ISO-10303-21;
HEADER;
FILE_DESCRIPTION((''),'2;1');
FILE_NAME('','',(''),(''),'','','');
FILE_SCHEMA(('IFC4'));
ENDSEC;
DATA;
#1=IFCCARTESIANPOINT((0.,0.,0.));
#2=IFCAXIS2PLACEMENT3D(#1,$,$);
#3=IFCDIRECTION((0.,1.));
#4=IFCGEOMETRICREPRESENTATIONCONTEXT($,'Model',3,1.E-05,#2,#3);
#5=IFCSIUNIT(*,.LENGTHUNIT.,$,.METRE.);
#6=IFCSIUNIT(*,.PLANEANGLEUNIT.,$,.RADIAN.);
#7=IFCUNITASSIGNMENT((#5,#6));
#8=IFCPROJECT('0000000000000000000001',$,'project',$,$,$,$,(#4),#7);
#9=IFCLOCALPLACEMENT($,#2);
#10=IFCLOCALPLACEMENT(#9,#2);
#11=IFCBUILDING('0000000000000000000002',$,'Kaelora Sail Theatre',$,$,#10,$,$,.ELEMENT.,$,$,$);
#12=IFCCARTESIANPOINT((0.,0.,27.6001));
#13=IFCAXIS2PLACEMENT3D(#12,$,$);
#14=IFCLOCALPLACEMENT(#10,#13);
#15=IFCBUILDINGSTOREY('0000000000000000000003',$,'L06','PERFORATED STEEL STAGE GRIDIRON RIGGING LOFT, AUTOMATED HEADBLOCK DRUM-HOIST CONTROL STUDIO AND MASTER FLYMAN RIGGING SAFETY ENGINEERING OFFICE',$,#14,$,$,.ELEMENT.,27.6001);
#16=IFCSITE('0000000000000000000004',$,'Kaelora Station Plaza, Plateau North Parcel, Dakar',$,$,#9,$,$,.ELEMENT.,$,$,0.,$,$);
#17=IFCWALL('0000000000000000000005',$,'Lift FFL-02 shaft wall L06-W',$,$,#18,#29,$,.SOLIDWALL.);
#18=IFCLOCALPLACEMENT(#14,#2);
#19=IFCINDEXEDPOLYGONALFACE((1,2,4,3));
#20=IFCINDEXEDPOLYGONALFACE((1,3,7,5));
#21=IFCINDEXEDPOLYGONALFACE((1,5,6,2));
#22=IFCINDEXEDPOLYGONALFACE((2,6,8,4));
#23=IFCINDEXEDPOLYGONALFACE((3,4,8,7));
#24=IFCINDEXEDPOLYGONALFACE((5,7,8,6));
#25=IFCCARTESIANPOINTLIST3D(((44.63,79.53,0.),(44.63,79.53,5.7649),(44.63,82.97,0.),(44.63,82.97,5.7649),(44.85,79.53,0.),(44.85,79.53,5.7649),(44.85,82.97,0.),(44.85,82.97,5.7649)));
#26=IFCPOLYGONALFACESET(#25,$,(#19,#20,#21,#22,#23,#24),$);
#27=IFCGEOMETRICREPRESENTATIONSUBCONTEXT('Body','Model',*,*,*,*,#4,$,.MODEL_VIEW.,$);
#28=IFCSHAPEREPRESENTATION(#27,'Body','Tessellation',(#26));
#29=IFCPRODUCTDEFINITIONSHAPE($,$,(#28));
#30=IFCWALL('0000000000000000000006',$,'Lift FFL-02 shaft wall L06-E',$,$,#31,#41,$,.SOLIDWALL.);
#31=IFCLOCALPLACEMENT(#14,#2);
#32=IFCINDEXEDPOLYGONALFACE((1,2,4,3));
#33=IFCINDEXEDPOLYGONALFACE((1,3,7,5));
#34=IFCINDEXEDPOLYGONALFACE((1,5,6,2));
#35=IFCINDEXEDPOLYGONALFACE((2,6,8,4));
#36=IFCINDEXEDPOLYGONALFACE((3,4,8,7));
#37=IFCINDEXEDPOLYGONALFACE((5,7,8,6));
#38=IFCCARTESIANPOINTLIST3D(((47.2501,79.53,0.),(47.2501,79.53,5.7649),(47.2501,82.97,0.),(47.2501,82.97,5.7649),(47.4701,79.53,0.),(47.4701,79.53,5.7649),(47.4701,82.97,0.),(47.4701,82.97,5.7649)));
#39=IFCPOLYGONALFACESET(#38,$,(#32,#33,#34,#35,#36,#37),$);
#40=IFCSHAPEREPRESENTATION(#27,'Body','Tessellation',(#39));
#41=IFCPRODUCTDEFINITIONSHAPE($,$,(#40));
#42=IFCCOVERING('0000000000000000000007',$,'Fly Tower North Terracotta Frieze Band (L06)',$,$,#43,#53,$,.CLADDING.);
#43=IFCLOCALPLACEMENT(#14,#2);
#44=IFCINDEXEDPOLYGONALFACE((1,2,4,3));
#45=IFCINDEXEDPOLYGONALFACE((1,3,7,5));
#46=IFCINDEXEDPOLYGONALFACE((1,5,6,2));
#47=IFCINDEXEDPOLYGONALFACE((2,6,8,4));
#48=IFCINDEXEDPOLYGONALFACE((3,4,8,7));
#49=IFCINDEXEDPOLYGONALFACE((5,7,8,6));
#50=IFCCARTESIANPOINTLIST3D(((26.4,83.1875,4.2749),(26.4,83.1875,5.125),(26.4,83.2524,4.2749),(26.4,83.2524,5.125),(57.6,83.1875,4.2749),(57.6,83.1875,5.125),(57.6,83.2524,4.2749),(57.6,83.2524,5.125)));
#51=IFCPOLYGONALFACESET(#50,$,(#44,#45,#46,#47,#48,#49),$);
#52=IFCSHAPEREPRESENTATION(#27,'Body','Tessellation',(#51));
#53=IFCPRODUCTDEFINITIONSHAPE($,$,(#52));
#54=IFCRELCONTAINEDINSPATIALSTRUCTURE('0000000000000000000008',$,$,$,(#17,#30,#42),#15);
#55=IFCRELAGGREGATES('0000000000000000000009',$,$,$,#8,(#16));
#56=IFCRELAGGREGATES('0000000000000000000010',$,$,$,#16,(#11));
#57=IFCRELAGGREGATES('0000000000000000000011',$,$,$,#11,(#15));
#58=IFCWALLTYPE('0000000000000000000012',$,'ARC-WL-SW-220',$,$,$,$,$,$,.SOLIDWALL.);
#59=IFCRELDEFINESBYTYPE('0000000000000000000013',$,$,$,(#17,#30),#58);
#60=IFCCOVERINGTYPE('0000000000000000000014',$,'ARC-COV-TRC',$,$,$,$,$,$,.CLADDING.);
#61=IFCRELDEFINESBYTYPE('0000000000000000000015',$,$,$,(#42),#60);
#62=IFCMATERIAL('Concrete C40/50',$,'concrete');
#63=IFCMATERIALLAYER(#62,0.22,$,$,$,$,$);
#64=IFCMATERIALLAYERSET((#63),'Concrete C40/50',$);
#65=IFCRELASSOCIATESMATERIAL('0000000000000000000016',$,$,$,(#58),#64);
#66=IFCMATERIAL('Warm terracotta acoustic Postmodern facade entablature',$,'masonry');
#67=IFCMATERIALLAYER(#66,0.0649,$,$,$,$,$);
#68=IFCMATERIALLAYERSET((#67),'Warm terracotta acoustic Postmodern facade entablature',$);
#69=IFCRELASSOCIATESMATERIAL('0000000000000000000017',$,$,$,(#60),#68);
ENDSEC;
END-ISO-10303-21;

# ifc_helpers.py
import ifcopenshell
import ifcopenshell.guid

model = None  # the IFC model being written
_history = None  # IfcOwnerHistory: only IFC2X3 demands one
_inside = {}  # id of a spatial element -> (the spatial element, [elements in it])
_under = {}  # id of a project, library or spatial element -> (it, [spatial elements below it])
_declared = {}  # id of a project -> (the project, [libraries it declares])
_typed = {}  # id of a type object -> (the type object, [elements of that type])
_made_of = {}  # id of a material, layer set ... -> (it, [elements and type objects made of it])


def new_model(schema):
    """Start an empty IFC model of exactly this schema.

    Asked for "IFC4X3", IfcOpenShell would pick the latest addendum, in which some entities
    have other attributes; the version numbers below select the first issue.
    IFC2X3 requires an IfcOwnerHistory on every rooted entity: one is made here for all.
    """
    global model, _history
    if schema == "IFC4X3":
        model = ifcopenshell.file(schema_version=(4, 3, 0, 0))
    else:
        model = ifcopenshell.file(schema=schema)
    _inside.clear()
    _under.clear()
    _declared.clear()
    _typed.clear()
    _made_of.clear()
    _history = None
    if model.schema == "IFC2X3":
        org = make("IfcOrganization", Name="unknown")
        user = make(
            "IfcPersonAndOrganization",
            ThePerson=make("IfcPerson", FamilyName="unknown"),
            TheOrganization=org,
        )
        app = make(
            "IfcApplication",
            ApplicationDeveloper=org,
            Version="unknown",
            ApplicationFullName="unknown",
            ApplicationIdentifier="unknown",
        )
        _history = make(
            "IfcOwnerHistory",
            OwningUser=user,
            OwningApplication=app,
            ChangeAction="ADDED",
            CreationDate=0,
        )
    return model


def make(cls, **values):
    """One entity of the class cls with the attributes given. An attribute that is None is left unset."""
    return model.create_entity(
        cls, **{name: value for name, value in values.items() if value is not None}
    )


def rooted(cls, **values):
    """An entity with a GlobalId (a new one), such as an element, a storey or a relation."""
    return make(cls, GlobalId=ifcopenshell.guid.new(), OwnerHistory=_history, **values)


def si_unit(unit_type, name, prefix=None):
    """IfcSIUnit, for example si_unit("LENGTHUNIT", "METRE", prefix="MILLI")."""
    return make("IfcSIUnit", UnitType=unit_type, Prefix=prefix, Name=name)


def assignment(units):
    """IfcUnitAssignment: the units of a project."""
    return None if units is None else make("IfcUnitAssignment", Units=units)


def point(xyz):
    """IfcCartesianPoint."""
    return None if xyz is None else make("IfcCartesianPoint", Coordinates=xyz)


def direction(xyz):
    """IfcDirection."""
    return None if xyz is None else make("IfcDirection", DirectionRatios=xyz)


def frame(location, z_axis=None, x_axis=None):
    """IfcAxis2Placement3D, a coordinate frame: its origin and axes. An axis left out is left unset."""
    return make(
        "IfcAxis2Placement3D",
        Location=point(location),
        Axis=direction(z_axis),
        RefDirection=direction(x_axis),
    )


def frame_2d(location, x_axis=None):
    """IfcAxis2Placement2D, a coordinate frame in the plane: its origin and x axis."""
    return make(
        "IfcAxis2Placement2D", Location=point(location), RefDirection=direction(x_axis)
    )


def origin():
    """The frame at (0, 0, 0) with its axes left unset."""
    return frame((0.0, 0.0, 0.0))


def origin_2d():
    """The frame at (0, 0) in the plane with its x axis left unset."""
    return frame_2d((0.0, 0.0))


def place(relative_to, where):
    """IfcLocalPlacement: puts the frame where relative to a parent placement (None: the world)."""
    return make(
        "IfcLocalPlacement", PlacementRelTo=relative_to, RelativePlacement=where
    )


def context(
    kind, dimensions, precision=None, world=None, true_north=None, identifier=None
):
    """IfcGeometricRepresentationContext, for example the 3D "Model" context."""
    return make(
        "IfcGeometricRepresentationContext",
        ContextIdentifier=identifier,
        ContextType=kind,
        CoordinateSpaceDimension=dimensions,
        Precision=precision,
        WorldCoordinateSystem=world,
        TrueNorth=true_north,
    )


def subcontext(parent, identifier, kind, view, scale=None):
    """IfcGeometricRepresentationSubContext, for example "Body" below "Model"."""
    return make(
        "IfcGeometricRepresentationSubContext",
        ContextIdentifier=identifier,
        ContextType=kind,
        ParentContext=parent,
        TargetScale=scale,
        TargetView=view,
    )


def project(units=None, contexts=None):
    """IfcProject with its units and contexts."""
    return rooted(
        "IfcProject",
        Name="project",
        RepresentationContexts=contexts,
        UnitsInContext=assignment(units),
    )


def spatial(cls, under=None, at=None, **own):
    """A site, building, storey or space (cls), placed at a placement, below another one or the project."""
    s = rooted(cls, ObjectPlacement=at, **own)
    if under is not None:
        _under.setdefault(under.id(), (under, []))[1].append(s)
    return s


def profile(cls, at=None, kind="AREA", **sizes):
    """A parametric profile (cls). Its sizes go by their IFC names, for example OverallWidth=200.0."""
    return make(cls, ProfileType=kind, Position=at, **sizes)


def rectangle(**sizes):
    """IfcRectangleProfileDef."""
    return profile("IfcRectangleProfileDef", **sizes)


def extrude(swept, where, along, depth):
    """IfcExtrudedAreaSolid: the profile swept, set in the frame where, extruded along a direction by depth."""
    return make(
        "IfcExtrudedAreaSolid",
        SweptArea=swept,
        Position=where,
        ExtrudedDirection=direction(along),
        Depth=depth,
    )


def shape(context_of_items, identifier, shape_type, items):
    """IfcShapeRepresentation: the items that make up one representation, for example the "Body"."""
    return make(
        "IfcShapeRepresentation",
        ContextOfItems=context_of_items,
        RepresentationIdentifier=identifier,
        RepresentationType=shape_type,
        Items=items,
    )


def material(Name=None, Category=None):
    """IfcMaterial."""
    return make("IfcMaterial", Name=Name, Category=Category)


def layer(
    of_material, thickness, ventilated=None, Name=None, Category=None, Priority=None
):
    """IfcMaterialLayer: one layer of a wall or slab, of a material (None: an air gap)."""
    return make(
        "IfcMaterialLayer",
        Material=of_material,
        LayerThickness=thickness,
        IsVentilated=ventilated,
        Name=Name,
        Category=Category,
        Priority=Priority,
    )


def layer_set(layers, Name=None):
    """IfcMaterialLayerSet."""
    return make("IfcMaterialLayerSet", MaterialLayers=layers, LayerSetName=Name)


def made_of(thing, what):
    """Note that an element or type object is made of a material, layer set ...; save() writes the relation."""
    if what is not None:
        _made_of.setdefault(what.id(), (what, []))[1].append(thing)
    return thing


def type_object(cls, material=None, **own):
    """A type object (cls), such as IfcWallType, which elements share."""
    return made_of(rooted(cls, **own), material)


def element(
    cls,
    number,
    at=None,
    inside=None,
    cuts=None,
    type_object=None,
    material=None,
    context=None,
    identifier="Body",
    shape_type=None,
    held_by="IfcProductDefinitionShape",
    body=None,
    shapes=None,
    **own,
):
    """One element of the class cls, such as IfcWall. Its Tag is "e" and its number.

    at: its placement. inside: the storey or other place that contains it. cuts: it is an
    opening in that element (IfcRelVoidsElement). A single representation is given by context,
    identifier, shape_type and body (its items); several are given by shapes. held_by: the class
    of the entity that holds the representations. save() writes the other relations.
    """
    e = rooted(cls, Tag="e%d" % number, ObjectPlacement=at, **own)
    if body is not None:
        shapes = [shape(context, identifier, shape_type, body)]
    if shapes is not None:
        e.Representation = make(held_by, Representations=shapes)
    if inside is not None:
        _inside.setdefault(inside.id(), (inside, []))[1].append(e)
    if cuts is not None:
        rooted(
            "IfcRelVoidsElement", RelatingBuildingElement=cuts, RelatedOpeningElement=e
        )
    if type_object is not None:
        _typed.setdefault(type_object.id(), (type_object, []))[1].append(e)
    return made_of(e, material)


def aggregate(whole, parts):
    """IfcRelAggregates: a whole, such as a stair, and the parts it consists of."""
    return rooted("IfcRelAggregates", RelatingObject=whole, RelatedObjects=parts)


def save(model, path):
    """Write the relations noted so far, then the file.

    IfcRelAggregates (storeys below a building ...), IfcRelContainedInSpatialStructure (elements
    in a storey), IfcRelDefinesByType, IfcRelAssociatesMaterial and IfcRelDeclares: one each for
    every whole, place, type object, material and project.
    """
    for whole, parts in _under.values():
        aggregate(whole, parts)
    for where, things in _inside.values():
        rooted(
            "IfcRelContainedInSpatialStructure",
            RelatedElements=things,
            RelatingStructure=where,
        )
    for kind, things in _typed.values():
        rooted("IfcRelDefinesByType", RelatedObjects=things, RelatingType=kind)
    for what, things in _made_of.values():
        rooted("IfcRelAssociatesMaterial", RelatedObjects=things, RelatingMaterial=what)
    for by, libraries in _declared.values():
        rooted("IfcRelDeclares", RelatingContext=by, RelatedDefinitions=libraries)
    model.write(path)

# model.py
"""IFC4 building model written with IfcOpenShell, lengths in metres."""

from ifc_helpers import new_model, si_unit, direction, frame, frame_2d, origin, origin_2d, place, context, subcontext, project, spatial, rectangle, extrude, material, layer, layer_set, type_object, element, save


model = new_model("IFC4")

# Units and contexts
model_context = context("Model", 3, precision=1e-05, world=origin(), true_north=direction((0.0, 1.0)))
body_context = subcontext(model_context, "Body", "Model", "MODEL_VIEW")
ifc_project = project(units=[si_unit("LENGTHUNIT", "METRE"), si_unit("PLANEANGLEUNIT", "RADIAN")], contexts=[model_context])

# Site, building, storey
site_placement = place(None, origin())
site = spatial("IfcSite", under=ifc_project, at=site_placement, Name="Kaelora Station Plaza, Plateau North Parcel, Dakar", CompositionType="ELEMENT", RefElevation=0.0)
building_placement = place(site_placement, origin())
building = spatial("IfcBuilding", under=site, at=building_placement, Name="Kaelora Sail Theatre", CompositionType="ELEMENT")
storey_placement = place(building_placement, frame((0.0, 0.0, 27.6001)))
storey = spatial("IfcBuildingStorey", under=building, at=storey_placement, Name="L06", Description="PERFORATED STEEL STAGE GRIDIRON RIGGING LOFT, AUTOMATED HEADBLOCK DRUM-HOIST CONTROL STUDIO AND MASTER FLYMAN RIGGING SAFETY ENGINEERING OFFICE", CompositionType="ELEMENT", Elevation=27.6001)

# Shared definitions
ifc_material_1 = material(Name="Concrete C40/50", Category="concrete")
ifc_layer_1 = layer(ifc_material_1, 0.22)
ifc_layer_set_1 = layer_set([ifc_layer_1], Name="Concrete C40/50")
wall_type_1 = type_object("IfcWallType", Name="ARC-WL-SW-220", PredefinedType="SOLIDWALL", material=ifc_layer_set_1)

# Walls
for number, where, z_axis, x_axis, name in (
    (1, (44.74, 79.53, 0.0), (0.0, 0.0, 1.0), (0.0, 1.0, 0.0), "Lift FFL-02 shaft wall L06-W"),
    (2, (47.3601, 79.53, 0.0), (0.0, 0.0, 1.0), (0.0, 1.0, 0.0), "Lift FFL-02 shaft wall L06-E"),
):
    element("IfcWall", number, at=place(storey_placement, frame(where, z_axis=z_axis, x_axis=x_axis)), inside=storey, type_object=wall_type_1, Name=name, PredefinedType="SOLIDWALL", context=body_context, shape_type="SweptSolid", body=[
        extrude(rectangle(XDim=3.4399, YDim=0.22, at=frame_2d((1.72, 0.0))), origin(), (0.0, 0.0, 1.0), 5.7649),
    ])

# Covering
ifc_material_2 = material(Name="Warm terracotta acoustic Postmodern facade entablature", Category="masonry")
ifc_layer_2 = layer(ifc_material_2, 0.0649)
ifc_layer_set_2 = layer_set([ifc_layer_2], Name="Warm terracotta acoustic Postmodern facade entablature")
covering_type = type_object("IfcCoveringType", Name="ARC-COV-TRC", PredefinedType="CLADDING", material=ifc_layer_set_2)
covering_placement = place(storey_placement, frame((42.0, 83.22, 4.2749), z_axis=(0.0, 0.0, 1.0), x_axis=(1.0, 0.0, 0.0)))
element("IfcCovering", 3, at=covering_placement, inside=storey, type_object=covering_type, Name="Fly Tower North Terracotta Frieze Band (L06)", PredefinedType="CLADDING", context=body_context, shape_type="SweptSolid", body=[
    extrude(rectangle(XDim=31.2, YDim=0.0649, at=origin_2d()), origin(), (0.0, 0.0, 1.0), 0.8501),
])

save(model, "model.ifc")
